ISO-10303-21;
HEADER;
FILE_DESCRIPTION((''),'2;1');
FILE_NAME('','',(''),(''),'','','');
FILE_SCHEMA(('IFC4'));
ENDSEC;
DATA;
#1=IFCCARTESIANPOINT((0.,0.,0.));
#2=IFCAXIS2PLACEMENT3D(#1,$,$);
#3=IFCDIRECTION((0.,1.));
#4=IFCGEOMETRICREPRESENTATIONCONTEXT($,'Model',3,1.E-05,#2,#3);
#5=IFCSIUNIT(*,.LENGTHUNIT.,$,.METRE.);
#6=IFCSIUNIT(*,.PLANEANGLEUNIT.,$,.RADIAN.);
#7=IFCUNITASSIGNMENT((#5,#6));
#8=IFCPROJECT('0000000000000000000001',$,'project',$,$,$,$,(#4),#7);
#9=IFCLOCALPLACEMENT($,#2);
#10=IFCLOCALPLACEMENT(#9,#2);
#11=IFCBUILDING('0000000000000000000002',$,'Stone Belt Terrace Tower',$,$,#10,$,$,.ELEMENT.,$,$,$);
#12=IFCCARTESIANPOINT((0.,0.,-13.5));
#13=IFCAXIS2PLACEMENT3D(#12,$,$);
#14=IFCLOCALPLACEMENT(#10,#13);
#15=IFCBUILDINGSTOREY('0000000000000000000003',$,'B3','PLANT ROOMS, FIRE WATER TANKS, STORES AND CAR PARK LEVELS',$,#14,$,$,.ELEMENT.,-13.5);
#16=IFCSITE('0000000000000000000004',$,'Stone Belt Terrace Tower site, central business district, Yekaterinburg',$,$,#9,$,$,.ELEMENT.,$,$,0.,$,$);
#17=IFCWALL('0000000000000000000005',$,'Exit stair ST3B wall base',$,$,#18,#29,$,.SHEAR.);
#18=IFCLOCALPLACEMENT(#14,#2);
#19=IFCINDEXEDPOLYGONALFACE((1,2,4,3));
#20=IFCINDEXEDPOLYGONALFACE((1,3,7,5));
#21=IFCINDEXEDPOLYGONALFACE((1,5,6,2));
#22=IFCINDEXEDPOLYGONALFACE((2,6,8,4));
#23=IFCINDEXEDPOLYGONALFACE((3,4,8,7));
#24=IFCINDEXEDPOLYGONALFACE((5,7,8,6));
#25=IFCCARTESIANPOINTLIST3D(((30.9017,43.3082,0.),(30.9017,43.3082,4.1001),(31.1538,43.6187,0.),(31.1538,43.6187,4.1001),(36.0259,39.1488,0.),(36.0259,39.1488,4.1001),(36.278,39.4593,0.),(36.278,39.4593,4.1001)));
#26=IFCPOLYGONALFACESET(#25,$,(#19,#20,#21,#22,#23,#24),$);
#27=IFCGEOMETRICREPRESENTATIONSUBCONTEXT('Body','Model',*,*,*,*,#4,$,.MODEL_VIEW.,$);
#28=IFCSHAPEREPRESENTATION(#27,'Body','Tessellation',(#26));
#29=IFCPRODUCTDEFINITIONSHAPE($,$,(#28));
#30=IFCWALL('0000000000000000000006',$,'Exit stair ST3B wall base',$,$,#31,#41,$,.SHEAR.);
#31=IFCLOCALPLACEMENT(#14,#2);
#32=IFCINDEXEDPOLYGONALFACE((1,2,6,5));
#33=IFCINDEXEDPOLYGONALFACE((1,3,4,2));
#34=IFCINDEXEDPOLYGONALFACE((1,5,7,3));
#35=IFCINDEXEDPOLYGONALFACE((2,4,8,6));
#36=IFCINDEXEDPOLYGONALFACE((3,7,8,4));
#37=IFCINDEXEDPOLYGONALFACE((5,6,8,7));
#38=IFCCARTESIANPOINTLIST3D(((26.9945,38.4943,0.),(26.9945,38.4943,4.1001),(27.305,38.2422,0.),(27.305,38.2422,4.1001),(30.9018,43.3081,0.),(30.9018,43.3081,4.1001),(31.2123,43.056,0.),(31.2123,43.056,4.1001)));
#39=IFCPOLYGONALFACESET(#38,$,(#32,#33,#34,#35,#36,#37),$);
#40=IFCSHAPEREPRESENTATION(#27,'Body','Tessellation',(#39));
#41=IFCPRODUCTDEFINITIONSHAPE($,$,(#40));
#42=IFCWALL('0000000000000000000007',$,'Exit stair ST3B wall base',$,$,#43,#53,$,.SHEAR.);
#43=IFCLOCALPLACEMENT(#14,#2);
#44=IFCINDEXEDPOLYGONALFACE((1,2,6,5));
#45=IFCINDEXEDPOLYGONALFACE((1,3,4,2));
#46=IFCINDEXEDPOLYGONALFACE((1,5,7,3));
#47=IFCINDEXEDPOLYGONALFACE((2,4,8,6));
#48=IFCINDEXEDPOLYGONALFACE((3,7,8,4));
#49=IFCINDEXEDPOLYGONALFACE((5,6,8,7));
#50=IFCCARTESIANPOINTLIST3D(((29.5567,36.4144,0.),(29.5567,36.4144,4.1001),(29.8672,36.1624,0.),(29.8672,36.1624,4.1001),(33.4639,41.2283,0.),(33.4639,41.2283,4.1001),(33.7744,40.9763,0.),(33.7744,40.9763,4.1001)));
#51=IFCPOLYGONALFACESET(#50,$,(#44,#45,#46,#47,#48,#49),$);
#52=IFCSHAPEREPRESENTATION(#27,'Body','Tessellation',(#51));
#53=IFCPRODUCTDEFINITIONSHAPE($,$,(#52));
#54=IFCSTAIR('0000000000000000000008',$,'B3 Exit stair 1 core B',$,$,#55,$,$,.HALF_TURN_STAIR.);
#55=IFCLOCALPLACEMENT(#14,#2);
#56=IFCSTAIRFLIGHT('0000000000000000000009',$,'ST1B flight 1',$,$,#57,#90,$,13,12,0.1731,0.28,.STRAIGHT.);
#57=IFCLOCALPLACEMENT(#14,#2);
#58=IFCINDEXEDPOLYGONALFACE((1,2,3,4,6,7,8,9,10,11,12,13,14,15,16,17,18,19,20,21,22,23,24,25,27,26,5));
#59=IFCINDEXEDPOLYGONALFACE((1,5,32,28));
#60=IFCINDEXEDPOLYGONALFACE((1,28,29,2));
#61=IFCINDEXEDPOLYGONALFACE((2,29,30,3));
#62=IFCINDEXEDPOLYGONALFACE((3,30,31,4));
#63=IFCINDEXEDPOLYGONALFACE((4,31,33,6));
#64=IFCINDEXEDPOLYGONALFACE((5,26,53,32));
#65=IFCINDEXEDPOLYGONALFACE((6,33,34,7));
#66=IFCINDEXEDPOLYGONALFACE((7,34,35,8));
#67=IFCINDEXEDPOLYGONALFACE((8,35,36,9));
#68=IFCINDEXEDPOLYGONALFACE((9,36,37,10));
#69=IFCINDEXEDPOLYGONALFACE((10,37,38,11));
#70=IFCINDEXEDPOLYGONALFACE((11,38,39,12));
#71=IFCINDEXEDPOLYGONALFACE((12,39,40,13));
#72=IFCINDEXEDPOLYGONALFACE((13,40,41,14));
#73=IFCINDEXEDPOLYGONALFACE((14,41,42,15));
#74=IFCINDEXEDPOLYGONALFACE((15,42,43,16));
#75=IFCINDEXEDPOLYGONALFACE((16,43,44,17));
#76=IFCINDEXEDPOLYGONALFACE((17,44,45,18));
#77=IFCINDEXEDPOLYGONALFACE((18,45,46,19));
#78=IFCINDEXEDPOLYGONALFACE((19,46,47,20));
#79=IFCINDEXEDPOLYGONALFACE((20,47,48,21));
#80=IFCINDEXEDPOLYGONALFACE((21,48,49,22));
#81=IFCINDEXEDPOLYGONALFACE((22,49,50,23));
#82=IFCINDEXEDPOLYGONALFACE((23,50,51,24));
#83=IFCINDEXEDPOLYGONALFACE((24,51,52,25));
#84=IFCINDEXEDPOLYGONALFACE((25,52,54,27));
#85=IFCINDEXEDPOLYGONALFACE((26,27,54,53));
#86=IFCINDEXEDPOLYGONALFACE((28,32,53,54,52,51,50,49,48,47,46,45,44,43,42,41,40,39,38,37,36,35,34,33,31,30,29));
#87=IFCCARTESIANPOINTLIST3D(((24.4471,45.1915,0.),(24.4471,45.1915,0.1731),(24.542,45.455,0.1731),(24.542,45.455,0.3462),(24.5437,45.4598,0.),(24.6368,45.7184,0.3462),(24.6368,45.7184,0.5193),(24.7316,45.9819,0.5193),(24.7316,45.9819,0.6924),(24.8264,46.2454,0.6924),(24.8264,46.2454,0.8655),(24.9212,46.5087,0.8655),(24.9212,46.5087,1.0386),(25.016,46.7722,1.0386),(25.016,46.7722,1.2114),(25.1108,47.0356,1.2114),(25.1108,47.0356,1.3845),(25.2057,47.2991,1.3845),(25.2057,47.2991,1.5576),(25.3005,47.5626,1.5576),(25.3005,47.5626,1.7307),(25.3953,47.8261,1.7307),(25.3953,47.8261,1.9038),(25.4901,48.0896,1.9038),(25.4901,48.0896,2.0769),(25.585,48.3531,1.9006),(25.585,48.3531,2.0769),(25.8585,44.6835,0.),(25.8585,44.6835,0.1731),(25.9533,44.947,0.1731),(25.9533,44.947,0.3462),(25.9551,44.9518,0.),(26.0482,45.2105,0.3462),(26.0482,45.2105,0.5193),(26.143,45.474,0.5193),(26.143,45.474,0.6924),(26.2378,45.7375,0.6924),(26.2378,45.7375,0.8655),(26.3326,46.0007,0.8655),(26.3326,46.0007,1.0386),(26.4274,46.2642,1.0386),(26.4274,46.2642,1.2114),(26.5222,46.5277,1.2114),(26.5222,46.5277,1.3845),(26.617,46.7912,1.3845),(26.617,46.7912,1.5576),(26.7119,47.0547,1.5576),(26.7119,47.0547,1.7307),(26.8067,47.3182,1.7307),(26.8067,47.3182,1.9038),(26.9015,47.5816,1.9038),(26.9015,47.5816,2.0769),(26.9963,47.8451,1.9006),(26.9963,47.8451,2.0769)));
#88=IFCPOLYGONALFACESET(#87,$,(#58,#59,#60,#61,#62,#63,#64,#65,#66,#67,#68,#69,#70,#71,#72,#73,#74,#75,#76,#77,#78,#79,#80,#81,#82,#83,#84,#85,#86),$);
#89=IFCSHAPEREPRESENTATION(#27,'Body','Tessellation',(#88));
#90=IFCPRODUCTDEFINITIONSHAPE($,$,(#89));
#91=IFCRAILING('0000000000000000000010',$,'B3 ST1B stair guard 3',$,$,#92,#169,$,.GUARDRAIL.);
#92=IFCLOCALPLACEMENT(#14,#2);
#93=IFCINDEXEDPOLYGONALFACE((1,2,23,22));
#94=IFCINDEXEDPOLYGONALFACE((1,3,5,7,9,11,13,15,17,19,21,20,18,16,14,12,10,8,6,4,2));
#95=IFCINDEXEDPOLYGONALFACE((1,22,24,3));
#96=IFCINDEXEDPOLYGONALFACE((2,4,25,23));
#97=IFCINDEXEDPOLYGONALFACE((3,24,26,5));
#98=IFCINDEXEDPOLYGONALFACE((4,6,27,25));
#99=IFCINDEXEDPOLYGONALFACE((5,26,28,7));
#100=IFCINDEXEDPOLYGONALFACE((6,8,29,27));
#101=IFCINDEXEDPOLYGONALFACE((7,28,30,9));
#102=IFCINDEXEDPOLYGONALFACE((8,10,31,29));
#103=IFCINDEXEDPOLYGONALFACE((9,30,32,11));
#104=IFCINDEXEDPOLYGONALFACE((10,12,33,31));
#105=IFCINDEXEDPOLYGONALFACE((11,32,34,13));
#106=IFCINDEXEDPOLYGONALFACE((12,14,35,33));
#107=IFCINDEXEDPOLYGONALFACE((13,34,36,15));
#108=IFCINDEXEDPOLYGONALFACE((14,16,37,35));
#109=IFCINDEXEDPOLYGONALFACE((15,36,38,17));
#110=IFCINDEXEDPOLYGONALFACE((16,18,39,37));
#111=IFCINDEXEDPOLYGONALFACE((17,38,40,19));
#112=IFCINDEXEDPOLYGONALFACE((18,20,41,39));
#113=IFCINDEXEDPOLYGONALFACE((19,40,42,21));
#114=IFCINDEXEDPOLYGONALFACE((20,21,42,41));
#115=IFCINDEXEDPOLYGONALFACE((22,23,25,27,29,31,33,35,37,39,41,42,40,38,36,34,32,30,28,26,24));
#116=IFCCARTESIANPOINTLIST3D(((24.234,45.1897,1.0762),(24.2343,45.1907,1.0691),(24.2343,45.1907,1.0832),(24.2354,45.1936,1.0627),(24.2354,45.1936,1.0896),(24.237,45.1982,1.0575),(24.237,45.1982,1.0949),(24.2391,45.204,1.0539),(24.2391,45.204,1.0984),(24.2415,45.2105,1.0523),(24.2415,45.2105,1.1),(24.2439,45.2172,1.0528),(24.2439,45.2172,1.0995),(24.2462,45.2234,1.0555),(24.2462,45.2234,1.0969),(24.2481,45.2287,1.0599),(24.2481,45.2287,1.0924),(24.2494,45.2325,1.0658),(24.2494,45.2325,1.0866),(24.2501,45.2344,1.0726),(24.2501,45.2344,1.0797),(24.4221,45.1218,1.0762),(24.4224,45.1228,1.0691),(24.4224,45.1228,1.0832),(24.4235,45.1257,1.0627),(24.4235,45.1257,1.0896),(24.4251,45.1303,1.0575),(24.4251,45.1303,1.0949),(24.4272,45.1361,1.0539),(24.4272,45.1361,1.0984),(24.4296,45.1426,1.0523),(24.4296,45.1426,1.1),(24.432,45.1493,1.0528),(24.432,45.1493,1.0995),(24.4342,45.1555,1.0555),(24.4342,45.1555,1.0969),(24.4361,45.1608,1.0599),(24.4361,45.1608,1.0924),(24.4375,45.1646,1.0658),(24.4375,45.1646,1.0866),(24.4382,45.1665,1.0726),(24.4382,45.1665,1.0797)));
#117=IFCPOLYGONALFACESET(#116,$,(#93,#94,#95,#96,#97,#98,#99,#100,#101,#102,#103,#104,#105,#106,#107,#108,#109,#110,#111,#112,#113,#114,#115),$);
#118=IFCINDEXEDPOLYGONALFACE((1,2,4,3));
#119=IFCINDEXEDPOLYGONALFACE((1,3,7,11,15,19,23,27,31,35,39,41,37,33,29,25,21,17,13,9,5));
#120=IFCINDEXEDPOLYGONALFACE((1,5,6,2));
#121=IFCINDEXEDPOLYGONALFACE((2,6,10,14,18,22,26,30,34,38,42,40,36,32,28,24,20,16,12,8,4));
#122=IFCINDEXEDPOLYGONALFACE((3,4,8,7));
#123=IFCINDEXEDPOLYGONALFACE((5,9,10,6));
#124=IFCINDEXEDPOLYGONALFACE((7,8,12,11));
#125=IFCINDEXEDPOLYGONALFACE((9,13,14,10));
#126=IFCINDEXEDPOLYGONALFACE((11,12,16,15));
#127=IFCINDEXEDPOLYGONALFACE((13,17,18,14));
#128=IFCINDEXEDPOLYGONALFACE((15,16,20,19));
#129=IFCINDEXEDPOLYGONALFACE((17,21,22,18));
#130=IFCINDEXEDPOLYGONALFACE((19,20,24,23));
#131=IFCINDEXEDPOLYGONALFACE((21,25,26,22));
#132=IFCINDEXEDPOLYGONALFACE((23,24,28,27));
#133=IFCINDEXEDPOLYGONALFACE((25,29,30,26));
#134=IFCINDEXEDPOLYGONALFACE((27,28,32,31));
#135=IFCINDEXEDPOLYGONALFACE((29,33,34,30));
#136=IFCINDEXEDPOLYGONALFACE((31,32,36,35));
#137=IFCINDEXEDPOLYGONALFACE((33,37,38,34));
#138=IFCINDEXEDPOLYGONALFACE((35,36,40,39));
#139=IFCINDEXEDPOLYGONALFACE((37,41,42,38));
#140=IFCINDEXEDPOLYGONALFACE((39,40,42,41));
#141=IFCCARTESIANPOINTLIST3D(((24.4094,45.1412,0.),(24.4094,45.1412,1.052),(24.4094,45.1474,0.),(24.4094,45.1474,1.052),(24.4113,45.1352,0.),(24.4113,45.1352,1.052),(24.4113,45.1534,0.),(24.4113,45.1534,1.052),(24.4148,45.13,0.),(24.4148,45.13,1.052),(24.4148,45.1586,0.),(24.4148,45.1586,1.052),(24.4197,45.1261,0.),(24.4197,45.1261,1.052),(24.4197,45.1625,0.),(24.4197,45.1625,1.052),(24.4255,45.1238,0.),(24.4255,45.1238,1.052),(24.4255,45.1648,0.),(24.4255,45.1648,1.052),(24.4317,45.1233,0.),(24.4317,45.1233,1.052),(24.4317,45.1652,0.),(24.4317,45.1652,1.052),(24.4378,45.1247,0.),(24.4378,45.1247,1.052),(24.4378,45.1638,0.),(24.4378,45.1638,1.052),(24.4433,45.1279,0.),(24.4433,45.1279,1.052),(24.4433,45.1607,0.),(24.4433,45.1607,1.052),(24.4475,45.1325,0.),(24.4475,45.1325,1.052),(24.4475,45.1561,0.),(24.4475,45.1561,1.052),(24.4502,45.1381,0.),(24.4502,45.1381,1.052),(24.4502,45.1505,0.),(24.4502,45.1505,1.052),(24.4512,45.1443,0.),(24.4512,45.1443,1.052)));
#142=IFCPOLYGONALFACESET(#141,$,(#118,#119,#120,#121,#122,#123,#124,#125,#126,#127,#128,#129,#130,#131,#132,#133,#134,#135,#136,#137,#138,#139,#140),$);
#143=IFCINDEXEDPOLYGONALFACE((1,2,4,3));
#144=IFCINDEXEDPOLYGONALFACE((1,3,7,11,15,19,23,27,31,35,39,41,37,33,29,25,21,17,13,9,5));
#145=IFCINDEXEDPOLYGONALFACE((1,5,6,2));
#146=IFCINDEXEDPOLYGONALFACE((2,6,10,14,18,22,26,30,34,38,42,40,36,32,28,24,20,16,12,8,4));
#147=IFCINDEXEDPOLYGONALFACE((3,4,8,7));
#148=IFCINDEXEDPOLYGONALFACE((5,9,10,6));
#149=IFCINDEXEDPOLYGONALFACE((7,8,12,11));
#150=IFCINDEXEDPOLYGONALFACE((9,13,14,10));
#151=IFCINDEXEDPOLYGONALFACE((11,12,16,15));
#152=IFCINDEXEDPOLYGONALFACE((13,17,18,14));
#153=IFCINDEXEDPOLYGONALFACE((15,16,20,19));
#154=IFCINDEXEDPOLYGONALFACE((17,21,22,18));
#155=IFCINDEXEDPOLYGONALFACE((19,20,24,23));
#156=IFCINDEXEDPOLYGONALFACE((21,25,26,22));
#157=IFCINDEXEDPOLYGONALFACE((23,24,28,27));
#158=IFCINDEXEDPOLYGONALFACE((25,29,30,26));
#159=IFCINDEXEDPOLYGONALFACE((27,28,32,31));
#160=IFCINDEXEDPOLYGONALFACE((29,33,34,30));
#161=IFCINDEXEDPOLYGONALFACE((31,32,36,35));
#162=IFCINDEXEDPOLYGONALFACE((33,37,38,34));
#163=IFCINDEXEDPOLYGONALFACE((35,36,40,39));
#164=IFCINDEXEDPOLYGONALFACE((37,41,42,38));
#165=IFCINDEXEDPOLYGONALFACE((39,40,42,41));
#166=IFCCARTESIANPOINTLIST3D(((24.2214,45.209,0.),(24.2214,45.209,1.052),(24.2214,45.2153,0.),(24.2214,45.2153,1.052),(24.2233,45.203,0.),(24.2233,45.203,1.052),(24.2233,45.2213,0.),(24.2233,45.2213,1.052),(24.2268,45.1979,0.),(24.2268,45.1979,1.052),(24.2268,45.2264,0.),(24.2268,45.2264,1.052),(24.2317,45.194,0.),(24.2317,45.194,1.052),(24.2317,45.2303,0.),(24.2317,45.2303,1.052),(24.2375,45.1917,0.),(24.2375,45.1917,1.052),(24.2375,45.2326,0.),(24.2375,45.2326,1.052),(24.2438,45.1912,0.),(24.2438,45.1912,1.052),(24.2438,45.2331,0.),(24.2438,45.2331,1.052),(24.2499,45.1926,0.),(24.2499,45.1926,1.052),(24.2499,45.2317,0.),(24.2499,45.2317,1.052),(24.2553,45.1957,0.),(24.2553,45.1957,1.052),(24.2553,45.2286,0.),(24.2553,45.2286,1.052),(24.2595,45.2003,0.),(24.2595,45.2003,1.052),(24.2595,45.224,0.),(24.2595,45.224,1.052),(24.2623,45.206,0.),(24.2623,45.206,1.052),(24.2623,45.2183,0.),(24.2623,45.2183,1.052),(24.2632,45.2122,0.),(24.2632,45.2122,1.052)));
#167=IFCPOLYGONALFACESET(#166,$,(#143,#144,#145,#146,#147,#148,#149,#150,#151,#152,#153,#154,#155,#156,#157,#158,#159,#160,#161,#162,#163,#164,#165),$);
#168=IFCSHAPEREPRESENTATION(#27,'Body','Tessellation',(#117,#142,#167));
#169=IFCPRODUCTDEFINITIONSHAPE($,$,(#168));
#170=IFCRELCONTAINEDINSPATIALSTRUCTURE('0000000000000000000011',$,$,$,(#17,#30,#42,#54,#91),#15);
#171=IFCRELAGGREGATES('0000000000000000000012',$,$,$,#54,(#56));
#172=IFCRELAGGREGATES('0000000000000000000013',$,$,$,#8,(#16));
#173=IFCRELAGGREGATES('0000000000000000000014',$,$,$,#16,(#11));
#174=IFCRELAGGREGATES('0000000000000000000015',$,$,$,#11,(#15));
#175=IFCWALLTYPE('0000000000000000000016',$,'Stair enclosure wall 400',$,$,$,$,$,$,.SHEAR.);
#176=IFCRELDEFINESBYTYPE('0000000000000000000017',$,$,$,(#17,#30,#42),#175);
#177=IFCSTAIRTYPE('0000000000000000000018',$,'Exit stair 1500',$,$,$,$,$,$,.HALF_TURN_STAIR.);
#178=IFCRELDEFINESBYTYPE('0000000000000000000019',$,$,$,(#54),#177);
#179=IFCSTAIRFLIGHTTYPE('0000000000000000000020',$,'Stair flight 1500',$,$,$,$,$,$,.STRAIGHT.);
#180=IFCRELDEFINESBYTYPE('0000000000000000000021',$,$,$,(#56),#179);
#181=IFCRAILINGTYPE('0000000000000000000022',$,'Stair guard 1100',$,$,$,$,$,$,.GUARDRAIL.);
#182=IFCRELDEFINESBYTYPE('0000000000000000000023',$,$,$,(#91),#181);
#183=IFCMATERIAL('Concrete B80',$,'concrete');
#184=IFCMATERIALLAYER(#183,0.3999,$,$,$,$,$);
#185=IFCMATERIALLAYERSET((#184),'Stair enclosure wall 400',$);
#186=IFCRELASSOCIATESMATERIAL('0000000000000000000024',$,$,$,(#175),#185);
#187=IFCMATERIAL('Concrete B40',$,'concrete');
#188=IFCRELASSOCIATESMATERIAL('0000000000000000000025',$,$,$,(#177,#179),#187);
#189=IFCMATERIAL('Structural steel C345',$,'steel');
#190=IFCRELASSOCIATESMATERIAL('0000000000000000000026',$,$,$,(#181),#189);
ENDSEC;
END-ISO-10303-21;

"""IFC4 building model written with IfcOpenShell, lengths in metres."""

from ifc_helpers import new_model, si_unit, direction, frame, frame_2d, origin, origin_2d, place, context, subcontext, project, spatial, polyline, rectangle, circle, outline, extrude, material, layer, layer_set, type_object, element, aggregate, save


model = new_model("IFC4")

# Units and contexts
model_context = context("Model", 3, precision=1e-05, world=origin(), true_north=direction((0.0, 1.0)))
body_context = subcontext(model_context, "Body", "Model", "MODEL_VIEW")
ifc_project = project(units=[si_unit("LENGTHUNIT", "METRE"), si_unit("PLANEANGLEUNIT", "RADIAN")], contexts=[model_context])

# Site, building, storey
site_placement = place(None, origin())
site = spatial("IfcSite", under=ifc_project, at=site_placement, Name="Stone Belt Terrace Tower site, central business district, Yekaterinburg", CompositionType="ELEMENT", RefElevation=0.0)
building_placement = place(site_placement, origin())
building = spatial("IfcBuilding", under=site, at=building_placement, Name="Stone Belt Terrace Tower", CompositionType="ELEMENT")
storey_placement = place(building_placement, frame((0.0, 0.0, -13.5)))
storey = spatial("IfcBuildingStorey", under=building, at=storey_placement, Name="B3", Description="PLANT ROOMS, FIRE WATER TANKS, STORES AND CAR PARK LEVELS", CompositionType="ELEMENT", Elevation=-13.5)

# Shared definitions
ifc_material_1 = material(Name="Concrete B40", Category="concrete")

# Shared definitions
ifc_material_2 = material(Name="Concrete B80", Category="concrete")

# Shared definitions
ifc_layer_1 = layer(ifc_material_2, 0.3999)
ifc_layer_set_1 = layer_set([ifc_layer_1], Name="Stair enclosure wall 400")
wall_type_1 = type_object("IfcWallType", Name="Stair enclosure wall 400", PredefinedType="SHEAR", material=ifc_layer_set_1)

# Walls
wall_1_placement = place(storey_placement, frame((31.0278, 43.4634, 0.0), z_axis=(0.0, 0.0, 1.0), x_axis=(0.776414, -0.630224, 0.0)))
element("IfcWall", 1, at=wall_1_placement, inside=storey, type_object=wall_type_1, Name="Exit stair ST3B wall base", PredefinedType="SHEAR", context=body_context, shape_type="SweptSolid", body=[
    extrude(rectangle(XDim=6.5999, YDim=0.3999, at=frame_2d((3.2998, 0.0))), origin(), (0.0, 0.0, 1.0), 4.1001),
])
for number, where, z_axis, x_axis, name in (
    (2, (27.1497, 38.3682, 0.0), (0.0, 0.0, 1.0), (0.630212, 0.776423, 0.0), "Exit stair ST3B wall base"),
    (3, (29.7119, 36.2883, 0.0), (0.0, 0.0, 1.0), (0.630192, 0.776439, 0.0), "Exit stair ST3B wall base"),
):
    element("IfcWall", number, at=place(storey_placement, frame(where, z_axis=z_axis, x_axis=x_axis)), inside=storey, type_object=wall_type_1, Name=name, PredefinedType="SHEAR", context=body_context, shape_type="SweptSolid", body=[
        extrude(rectangle(XDim=6.2, YDim=0.3999, at=frame_2d((3.1001, 0.0))), origin(), (0.0, 0.0, 1.0), 4.1001),
    ])

# Stair, stair flight
stair_type = type_object("IfcStairType", Name="Exit stair 1500", PredefinedType="HALF_TURN_STAIR", material=ifc_material_1)
stair_placement = place(storey_placement, origin())
stair = element("IfcStair", 4, at=stair_placement, inside=storey, type_object=stair_type, Name="B3 Exit stair 1 core B", PredefinedType="HALF_TURN_STAIR")
stair_flight_type = type_object("IfcStairFlightType", Name="Stair flight 1500", PredefinedType="STRAIGHT", material=ifc_material_1)
stair_flight_placement = place(storey_placement, frame((25.1528, 44.9375, 0.0), z_axis=(0.0, 0.0, 1.0), x_axis=(0.338624, 0.940922, 0.0)))
stair_flight = element("IfcStairFlight", 5, at=stair_flight_placement, type_object=stair_flight_type, Name="ST1B flight 1", NumberOfRisers=13, NumberOfTreads=12, PredefinedType="STRAIGHT", RiserHeight=0.1731, TreadLength=0.28, context=body_context, shape_type="SweptSolid", body=[
    extrude(outline(polyline([(0.0, 0.0), (0.0, 0.1731), (0.28, 0.1731), (0.28, 0.3462), (0.5601, 0.3462), (0.5601, 0.5193), (0.8401, 0.5193), (0.8401, 0.6924), (1.1201, 0.6924), (1.1201, 0.8655), (1.3999, 0.8655), (1.3999, 1.0386), (1.6799, 1.0386), (1.6799, 1.2114), (1.96, 1.2114), (1.96, 1.3845), (2.24, 1.3845), (2.24, 1.5576), (2.52, 1.5576), (2.52, 1.7307), (2.8, 1.7307), (2.8, 1.9038), (3.0801, 1.9038), (3.0801, 2.0769), (3.3601, 2.0769), (3.3601, 2.25), (3.3601, 1.9006), (0.2852, 0.0), (0.0, 0.0)])), frame((0.0, 0.75, 0.0), z_axis=(0.0, -1.0, 0.0), x_axis=(1.0, 0.0, 0.0)), (0.0, 0.0, 1.0), 1.5),
])
aggregate(stair, [stair_flight])

# Railing
ifc_material_3 = material(Name="Structural steel C345", Category="steel")
railing_type_1 = type_object("IfcRailingType", Name="Stair guard 1100", PredefinedType="GUARDRAIL", material=ifc_material_3)
railing_1_placement = place(storey_placement, frame((24.4302, 45.1443, 0.0)))
element("IfcRailing", 6, at=railing_1_placement, inside=storey, type_object=railing_type_1, Name="B3 ST1B stair guard 3", PredefinedType="GUARDRAIL", context=body_context, shape_type="SweptSolid", body=[
    extrude(circle(Radius=0.0239, at=origin_2d()), frame((0.0, 0.0, 1.0762), z_axis=(-0.940576, 0.339584, 0.0), x_axis=(-0.339584, -0.940576, 0.0)), (0.0, 0.0, 1.0), 0.2),
    extrude(circle(Radius=0.021, at=origin_2d()), origin(), (0.0, 0.0, 1.0), 1.052),
    extrude(circle(Radius=0.021, at=origin_2d()), frame((-0.188, 0.0679, 0.0)), (0.0, 0.0, 1.0), 1.052),
])

save(model, "model.ifc")
